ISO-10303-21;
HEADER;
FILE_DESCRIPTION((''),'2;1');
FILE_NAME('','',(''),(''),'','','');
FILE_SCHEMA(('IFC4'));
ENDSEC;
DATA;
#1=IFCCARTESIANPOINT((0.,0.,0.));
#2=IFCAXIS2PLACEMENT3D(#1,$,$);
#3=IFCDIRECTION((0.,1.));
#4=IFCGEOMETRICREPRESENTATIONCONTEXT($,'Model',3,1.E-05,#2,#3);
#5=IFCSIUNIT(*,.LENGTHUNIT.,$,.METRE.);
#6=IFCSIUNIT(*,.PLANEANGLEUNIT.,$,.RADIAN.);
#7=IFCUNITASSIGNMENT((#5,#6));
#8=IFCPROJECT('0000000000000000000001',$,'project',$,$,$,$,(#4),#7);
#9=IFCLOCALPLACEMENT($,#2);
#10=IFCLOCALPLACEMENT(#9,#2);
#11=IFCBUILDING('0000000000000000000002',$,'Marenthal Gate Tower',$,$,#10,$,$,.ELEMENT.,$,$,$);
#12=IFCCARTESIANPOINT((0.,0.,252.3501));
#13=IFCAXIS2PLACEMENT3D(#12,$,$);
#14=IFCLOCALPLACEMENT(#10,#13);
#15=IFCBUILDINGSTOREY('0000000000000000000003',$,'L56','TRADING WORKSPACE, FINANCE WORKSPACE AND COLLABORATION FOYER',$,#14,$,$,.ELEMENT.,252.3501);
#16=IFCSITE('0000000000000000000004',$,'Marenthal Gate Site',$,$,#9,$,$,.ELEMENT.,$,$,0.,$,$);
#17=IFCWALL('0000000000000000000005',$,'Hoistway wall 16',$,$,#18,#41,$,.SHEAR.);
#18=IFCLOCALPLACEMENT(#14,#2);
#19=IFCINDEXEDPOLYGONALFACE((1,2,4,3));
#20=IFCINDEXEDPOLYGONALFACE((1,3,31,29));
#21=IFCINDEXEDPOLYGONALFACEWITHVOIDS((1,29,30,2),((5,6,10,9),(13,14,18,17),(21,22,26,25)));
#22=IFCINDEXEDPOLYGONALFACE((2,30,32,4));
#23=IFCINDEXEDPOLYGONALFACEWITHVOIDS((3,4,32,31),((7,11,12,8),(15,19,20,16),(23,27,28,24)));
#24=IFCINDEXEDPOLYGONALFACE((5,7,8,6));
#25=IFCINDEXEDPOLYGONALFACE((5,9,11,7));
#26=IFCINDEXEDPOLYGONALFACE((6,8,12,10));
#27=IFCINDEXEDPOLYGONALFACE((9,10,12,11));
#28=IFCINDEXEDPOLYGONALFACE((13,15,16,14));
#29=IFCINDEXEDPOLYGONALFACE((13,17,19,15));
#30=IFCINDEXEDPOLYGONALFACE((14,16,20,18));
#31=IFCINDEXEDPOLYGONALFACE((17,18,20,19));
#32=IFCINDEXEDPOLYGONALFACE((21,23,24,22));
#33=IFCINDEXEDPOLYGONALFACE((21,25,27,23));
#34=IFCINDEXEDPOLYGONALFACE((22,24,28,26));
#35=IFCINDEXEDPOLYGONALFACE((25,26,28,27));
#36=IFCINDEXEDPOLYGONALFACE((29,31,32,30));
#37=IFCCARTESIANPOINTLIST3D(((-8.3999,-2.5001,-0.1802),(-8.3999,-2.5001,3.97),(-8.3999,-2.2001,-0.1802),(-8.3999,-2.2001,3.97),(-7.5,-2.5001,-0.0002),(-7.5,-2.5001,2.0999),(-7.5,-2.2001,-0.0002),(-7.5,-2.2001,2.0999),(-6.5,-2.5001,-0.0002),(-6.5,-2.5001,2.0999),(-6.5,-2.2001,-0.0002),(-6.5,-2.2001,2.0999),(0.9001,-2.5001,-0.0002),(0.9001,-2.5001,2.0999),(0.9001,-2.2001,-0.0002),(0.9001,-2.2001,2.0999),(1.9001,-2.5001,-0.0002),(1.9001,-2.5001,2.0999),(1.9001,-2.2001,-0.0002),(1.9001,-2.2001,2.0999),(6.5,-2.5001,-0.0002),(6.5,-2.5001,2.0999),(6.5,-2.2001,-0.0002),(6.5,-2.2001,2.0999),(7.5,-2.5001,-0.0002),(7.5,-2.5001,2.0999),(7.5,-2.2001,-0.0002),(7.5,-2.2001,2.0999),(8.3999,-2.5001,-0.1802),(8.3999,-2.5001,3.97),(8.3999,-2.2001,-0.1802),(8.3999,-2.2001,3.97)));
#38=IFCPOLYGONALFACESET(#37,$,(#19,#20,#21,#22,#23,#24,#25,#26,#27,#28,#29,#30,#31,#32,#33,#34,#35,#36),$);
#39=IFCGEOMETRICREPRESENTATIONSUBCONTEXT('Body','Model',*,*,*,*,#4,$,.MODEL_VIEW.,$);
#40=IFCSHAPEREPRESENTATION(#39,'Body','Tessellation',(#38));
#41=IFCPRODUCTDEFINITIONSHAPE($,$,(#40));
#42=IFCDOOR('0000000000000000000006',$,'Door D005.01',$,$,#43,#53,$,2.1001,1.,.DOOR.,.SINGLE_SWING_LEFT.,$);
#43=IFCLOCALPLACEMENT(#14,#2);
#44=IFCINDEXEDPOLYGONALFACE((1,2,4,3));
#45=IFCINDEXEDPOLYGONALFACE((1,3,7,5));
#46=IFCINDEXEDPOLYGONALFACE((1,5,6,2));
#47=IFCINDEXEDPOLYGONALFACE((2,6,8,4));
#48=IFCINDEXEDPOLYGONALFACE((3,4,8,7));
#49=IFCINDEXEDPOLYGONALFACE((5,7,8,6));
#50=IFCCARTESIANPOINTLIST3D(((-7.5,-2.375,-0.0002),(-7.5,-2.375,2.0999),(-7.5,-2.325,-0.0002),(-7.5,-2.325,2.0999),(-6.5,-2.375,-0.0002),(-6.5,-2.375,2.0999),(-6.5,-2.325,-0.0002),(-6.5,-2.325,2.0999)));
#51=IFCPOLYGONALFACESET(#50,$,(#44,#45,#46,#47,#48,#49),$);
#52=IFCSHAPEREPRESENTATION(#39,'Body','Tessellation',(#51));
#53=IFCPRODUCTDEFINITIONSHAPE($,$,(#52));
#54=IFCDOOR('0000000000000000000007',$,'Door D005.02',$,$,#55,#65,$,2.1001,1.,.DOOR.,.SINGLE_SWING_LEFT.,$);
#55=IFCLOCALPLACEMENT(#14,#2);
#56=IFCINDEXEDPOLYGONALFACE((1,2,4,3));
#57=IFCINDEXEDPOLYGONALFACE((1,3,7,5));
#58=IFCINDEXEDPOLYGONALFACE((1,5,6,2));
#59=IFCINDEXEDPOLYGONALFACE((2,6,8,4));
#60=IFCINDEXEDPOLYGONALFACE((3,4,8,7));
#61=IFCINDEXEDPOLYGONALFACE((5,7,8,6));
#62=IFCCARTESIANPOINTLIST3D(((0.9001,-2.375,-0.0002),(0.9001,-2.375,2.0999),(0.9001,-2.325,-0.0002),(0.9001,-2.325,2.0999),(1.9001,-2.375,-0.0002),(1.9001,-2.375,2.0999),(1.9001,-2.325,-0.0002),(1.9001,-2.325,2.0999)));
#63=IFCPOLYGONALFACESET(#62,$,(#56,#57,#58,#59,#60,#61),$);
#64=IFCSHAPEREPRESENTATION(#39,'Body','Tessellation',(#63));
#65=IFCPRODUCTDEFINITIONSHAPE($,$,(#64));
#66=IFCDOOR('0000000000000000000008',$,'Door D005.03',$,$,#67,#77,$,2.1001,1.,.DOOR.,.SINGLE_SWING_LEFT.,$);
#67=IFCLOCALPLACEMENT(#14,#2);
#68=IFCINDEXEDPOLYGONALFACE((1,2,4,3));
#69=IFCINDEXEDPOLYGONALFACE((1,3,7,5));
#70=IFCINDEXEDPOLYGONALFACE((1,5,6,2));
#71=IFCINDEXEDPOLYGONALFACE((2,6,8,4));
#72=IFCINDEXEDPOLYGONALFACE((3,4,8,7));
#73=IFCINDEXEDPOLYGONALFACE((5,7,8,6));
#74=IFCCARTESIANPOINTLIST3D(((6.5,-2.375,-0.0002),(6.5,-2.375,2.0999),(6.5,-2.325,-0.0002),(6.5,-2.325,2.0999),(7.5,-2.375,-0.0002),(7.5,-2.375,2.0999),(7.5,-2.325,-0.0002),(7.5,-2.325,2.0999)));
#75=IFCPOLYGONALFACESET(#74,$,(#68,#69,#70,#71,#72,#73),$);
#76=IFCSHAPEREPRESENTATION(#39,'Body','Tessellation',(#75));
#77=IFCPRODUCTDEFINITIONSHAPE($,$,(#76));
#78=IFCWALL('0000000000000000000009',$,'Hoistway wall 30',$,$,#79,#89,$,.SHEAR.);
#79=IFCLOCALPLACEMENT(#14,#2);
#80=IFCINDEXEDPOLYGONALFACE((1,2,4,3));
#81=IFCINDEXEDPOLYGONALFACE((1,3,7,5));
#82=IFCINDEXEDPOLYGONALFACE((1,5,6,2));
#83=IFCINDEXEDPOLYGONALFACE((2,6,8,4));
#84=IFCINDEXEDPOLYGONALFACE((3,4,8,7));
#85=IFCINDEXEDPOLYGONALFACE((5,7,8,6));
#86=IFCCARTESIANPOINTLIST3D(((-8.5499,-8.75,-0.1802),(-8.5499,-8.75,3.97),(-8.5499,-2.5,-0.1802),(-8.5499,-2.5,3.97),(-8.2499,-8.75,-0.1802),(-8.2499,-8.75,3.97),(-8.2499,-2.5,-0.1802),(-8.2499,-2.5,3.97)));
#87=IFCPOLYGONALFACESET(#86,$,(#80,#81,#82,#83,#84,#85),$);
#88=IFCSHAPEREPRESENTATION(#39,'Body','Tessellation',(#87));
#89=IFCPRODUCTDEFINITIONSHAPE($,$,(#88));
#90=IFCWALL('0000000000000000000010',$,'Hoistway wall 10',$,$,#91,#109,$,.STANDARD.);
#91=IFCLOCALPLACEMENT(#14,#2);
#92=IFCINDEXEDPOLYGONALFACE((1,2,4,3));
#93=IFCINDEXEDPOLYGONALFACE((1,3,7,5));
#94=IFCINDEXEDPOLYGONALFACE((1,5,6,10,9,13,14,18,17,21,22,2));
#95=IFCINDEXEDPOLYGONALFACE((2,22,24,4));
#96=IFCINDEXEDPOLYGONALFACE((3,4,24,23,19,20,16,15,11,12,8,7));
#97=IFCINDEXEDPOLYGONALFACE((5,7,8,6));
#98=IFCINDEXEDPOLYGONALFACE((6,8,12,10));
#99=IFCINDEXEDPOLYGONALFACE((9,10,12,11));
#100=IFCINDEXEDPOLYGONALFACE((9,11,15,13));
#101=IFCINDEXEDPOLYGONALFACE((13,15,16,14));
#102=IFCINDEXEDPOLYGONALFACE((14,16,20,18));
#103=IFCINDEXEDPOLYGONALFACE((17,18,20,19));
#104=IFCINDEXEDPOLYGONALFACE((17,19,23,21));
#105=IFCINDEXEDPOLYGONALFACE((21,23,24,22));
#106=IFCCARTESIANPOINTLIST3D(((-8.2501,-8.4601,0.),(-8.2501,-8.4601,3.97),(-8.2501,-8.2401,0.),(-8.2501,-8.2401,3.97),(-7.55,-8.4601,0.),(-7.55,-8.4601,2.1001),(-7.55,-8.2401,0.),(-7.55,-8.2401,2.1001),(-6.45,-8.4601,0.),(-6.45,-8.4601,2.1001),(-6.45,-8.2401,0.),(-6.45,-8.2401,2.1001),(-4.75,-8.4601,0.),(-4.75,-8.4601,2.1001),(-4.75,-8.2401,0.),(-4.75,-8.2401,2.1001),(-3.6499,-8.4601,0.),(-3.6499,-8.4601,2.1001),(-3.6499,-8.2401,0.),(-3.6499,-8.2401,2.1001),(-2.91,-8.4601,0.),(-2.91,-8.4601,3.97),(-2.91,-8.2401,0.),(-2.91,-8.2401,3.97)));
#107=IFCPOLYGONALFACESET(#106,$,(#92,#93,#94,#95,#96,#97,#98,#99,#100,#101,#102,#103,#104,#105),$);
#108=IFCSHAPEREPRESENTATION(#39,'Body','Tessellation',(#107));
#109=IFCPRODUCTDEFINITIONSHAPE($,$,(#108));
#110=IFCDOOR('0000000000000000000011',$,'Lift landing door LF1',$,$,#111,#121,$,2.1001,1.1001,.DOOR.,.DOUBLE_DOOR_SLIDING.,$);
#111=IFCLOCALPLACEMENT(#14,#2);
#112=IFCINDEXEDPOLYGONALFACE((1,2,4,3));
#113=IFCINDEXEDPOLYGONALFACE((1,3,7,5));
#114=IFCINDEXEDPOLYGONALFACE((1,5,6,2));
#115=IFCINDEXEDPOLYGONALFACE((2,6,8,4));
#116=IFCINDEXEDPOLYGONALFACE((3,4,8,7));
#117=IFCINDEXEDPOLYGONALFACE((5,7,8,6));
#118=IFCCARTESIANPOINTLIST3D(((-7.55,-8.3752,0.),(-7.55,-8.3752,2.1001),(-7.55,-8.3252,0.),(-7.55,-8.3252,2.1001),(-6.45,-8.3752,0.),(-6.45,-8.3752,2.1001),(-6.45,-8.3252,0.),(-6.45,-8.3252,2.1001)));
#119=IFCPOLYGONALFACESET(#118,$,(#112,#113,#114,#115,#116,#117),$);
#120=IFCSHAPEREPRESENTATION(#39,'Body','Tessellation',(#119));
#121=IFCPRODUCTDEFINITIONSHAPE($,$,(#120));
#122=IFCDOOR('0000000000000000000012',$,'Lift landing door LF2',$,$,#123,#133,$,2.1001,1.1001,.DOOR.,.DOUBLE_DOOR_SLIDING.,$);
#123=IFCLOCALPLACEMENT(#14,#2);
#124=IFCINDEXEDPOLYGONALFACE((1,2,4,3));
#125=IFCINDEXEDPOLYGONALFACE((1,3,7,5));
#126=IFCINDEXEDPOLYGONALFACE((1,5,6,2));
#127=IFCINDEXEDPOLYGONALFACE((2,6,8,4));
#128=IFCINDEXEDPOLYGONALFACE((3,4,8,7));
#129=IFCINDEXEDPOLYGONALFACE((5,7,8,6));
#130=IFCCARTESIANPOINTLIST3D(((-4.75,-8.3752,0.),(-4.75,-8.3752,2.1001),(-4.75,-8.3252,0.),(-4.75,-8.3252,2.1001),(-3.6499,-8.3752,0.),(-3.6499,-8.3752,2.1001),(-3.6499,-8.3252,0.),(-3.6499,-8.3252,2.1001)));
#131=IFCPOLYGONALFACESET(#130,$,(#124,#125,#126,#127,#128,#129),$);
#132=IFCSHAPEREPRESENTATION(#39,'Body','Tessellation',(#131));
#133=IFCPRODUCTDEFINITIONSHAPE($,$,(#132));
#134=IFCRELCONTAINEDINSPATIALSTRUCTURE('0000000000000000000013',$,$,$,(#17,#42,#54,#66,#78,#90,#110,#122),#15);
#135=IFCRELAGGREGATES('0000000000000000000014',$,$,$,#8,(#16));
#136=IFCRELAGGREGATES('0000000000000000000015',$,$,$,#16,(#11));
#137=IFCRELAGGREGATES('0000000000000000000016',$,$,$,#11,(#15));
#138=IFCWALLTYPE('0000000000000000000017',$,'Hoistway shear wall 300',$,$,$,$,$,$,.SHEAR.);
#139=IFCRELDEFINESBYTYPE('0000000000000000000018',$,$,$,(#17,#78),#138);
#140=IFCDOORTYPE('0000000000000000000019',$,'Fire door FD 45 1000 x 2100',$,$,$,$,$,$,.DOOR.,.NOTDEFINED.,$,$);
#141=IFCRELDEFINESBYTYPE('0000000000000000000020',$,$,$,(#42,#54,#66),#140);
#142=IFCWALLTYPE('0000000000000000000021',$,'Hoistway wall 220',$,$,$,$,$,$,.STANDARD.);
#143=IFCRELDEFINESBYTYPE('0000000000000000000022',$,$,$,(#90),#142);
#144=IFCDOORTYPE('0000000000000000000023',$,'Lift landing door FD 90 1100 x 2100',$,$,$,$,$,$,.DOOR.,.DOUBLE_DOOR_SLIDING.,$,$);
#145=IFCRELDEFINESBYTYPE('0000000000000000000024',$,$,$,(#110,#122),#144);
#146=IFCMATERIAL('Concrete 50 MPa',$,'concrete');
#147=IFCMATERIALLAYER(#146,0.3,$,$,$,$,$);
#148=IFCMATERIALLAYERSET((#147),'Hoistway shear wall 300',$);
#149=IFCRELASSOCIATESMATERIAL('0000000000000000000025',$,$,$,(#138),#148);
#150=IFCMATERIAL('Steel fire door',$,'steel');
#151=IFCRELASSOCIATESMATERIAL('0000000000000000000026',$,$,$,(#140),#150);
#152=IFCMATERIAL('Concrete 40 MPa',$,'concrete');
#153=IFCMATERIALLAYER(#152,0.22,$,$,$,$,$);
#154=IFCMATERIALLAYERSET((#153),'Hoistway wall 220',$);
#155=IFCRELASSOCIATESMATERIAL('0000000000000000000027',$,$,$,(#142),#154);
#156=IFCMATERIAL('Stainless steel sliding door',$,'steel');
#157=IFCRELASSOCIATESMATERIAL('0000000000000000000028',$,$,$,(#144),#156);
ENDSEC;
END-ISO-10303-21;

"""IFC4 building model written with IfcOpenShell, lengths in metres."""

from ifc_helpers import new_model, si_unit, direction, frame, frame_2d, origin, place, context, subcontext, project, spatial, rectangle, extrude, material, layer, layer_set, type_object, element, fill, save


model = new_model("IFC4")

# Units and contexts
model_context = context("Model", 3, precision=1e-05, world=origin(), true_north=direction((0.0, 1.0)))
body_context = subcontext(model_context, "Body", "Model", "MODEL_VIEW")
ifc_project = project(units=[si_unit("LENGTHUNIT", "METRE"), si_unit("PLANEANGLEUNIT", "RADIAN")], contexts=[model_context])

# Site, building, storey
site_placement = place(None, origin())
site = spatial("IfcSite", under=ifc_project, at=site_placement, Name="Marenthal Gate Site", CompositionType="ELEMENT", RefElevation=0.0)
building_placement = place(site_placement, origin())
building = spatial("IfcBuilding", under=site, at=building_placement, Name="Marenthal Gate Tower", CompositionType="ELEMENT")
storey_placement = place(building_placement, frame((0.0, 0.0, 252.3501)))
storey = spatial("IfcBuildingStorey", under=building, at=storey_placement, Name="L56", Description="TRADING WORKSPACE, FINANCE WORKSPACE AND COLLABORATION FOYER", CompositionType="ELEMENT", Elevation=252.3501)

# Wall, openings, doors
ifc_material_1 = material(Name="Concrete 50 MPa", Category="concrete")
ifc_layer_1 = layer(ifc_material_1, 0.3)
ifc_layer_set_1 = layer_set([ifc_layer_1], Name="Hoistway shear wall 300")
wall_type_1 = type_object("IfcWallType", Name="Hoistway shear wall 300", PredefinedType="SHEAR", material=ifc_layer_set_1)
wall_1_placement = place(storey_placement, frame((-8.3999, -2.3501, -0.1802), z_axis=(0.0, 0.0, 1.0), x_axis=(1.0, 0.0, 0.0)))
wall_1 = element("IfcWall", 1, at=wall_1_placement, inside=storey, type_object=wall_type_1, Name="Hoistway wall 16", PredefinedType="SHEAR", context=body_context, shape_type="SweptSolid", body=[
    extrude(rectangle(XDim=16.7998, YDim=0.3, at=frame_2d((8.3999, 0.0))), origin(), (0.0, 0.0, 1.0), 4.1501),
])
opening_1_placement = place(wall_1_placement, frame((0.8999, 0.0, 0.1799)))
opening_1 = element("IfcOpeningElement", 2, at=opening_1_placement, cuts=wall_1, PredefinedType="OPENING", context=body_context, shape_type="SweptSolid", body=[
    extrude(rectangle(XDim=1.0, YDim=2.1001, at=frame_2d((0.5, 1.05))), frame((0.0, 0.1602, 0.0), z_axis=(0.0, -1.0, 0.0), x_axis=(1.0, 0.0, 0.0)), (0.0, 0.0, 1.0), 0.3201),
])
opening_2_placement = place(wall_1_placement, frame((9.3, 0.0, 0.1799)))
opening_2 = element("IfcOpeningElement", 3, at=opening_2_placement, cuts=wall_1, PredefinedType="OPENING", context=body_context, shape_type="SweptSolid", body=[
    extrude(rectangle(XDim=1.0, YDim=2.1001, at=frame_2d((0.5, 1.05))), frame((0.0, 0.1602, 0.0), z_axis=(0.0, -1.0, 0.0), x_axis=(1.0, 0.0, 0.0)), (0.0, 0.0, 1.0), 0.3201),
])
opening_3_placement = place(wall_1_placement, frame((14.8999, 0.0, 0.1799)))
opening_3 = element("IfcOpeningElement", 4, at=opening_3_placement, cuts=wall_1, PredefinedType="OPENING", context=body_context, shape_type="SweptSolid", body=[
    extrude(rectangle(XDim=1.0, YDim=2.1001, at=frame_2d((0.5, 1.05))), frame((0.0, 0.1602, 0.0), z_axis=(0.0, -1.0, 0.0), x_axis=(1.0, 0.0, 0.0)), (0.0, 0.0, 1.0), 0.3201),
])
ifc_material_2 = material(Name="Steel fire door", Category="steel")
door_type_1 = type_object("IfcDoorType", Name="Fire door FD 45 1000 x 2100", OperationType="NOTDEFINED", PredefinedType="DOOR", material=ifc_material_2)
door_1_placement = place(opening_1_placement, frame((1.0, 0.0, 0.0), z_axis=(0.0, 0.0, 1.0), x_axis=(-1.0, 0.0, 0.0)))
door_1 = element("IfcDoor", 5, at=door_1_placement, inside=storey, type_object=door_type_1, Name="Door D005.01", OperationType="SINGLE_SWING_LEFT", OverallHeight=2.1001, OverallWidth=1.0, PredefinedType="DOOR", context=body_context, shape_type="SweptSolid", body=[
    extrude(rectangle(XDim=1.0, YDim=2.1001, at=frame_2d((0.5, 1.05))), frame((0.0, 0.0249, 0.0), z_axis=(0.0, -1.0, 0.0), x_axis=(1.0, 0.0, 0.0)), (0.0, 0.0, 1.0), 0.05),
])
fill(opening_1, door_1)
door_2_placement = place(opening_2_placement, frame((1.0, 0.0, 0.0), z_axis=(0.0, 0.0, 1.0), x_axis=(-1.0, 0.0, 0.0)))
door_2 = element("IfcDoor", 6, at=door_2_placement, inside=storey, type_object=door_type_1, Name="Door D005.02", OperationType="SINGLE_SWING_LEFT", OverallHeight=2.1001, OverallWidth=1.0, PredefinedType="DOOR", context=body_context, shape_type="SweptSolid", body=[
    extrude(rectangle(XDim=1.0, YDim=2.1001, at=frame_2d((0.5, 1.05))), frame((0.0, 0.0249, 0.0), z_axis=(0.0, -1.0, 0.0), x_axis=(1.0, 0.0, 0.0)), (0.0, 0.0, 1.0), 0.05),
])
fill(opening_2, door_2)
door_3_placement = place(opening_3_placement, frame((1.0, 0.0, 0.0), z_axis=(0.0, 0.0, 1.0), x_axis=(-1.0, 0.0, 0.0)))
door_3 = element("IfcDoor", 7, at=door_3_placement, inside=storey, type_object=door_type_1, Name="Door D005.03", OperationType="SINGLE_SWING_LEFT", OverallHeight=2.1001, OverallWidth=1.0, PredefinedType="DOOR", context=body_context, shape_type="SweptSolid", body=[
    extrude(rectangle(XDim=1.0, YDim=2.1001, at=frame_2d((0.5, 1.05))), frame((0.0, 0.0249, 0.0), z_axis=(0.0, -1.0, 0.0), x_axis=(1.0, 0.0, 0.0)), (0.0, 0.0, 1.0), 0.05),
])
fill(opening_3, door_3)

# Wall
wall_2_placement = place(storey_placement, frame((-8.3999, -8.75, -0.1802), z_axis=(0.0, 0.0, 1.0), x_axis=(0.0, 1.0, 0.0)))
element("IfcWall", 8, at=wall_2_placement, inside=storey, type_object=wall_type_1, Name="Hoistway wall 30", PredefinedType="SHEAR", context=body_context, shape_type="SweptSolid", body=[
    extrude(rectangle(XDim=6.25, YDim=0.3, at=frame_2d((3.125, 0.0))), origin(), (0.0, 0.0, 1.0), 4.1501),
])

# Wall, openings, doors
ifc_material_3 = material(Name="Concrete 40 MPa", Category="concrete")
ifc_layer_2 = layer(ifc_material_3, 0.22)
ifc_layer_set_2 = layer_set([ifc_layer_2], Name="Hoistway wall 220")
wall_type_2 = type_object("IfcWallType", Name="Hoistway wall 220", PredefinedType="STANDARD", material=ifc_layer_set_2)
wall_3_placement = place(storey_placement, frame((-8.25, -8.3501, 0.0), z_axis=(0.0, 0.0, 1.0), x_axis=(1.0, 0.0, 0.0)))
wall_3 = element("IfcWall", 9, at=wall_3_placement, inside=storey, type_object=wall_type_2, Name="Hoistway wall 10", PredefinedType="STANDARD", context=body_context, shape_type="SweptSolid", body=[
    extrude(rectangle(XDim=5.3401, YDim=0.22, at=frame_2d((2.6699, 0.0))), origin(), (0.0, 0.0, 1.0), 3.97),
])
opening_4_placement = place(wall_3_placement, frame((0.7, 0.0, 0.0)))
opening_4 = element("IfcOpeningElement", 10, at=opening_4_placement, cuts=wall_3, PredefinedType="OPENING", context=body_context, shape_type="SweptSolid", body=[
    extrude(rectangle(XDim=1.1001, YDim=2.1001, at=frame_2d((0.55, 1.05))), frame((0.0, 0.1201, 0.0), z_axis=(0.0, -1.0, 0.0), x_axis=(1.0, 0.0, 0.0)), (0.0, 0.0, 1.0), 0.24),
])
opening_5_placement = place(wall_3_placement, frame((3.5, 0.0, 0.0)))
opening_5 = element("IfcOpeningElement", 11, at=opening_5_placement, cuts=wall_3, PredefinedType="OPENING", context=body_context, shape_type="SweptSolid", body=[
    extrude(rectangle(XDim=1.1001, YDim=2.1001, at=frame_2d((0.55, 1.05))), frame((0.0, 0.1201, 0.0), z_axis=(0.0, -1.0, 0.0), x_axis=(1.0, 0.0, 0.0)), (0.0, 0.0, 1.0), 0.24),
])
ifc_material_4 = material(Name="Stainless steel sliding door", Category="steel")
door_type_2 = type_object("IfcDoorType", Name="Lift landing door FD 90 1100 x 2100", OperationType="DOUBLE_DOOR_SLIDING", PredefinedType="DOOR", material=ifc_material_4)
door_4_placement = place(opening_4_placement, origin())
door_4 = element("IfcDoor", 12, at=door_4_placement, inside=storey, type_object=door_type_2, Name="Lift landing door LF1", OperationType="DOUBLE_DOOR_SLIDING", OverallHeight=2.1001, OverallWidth=1.1001, PredefinedType="DOOR", context=body_context, shape_type="SweptSolid", body=[
    extrude(rectangle(XDim=1.1001, YDim=2.1001, at=frame_2d((0.55, 1.05))), frame((0.0, 0.0249, 0.0), z_axis=(0.0, -1.0, 0.0), x_axis=(1.0, 0.0, 0.0)), (0.0, 0.0, 1.0), 0.05),
])
fill(opening_4, door_4)
door_5_placement = place(opening_5_placement, origin())
door_5 = element("IfcDoor", 13, at=door_5_placement, inside=storey, type_object=door_type_2, Name="Lift landing door LF2", OperationType="DOUBLE_DOOR_SLIDING", OverallHeight=2.1001, OverallWidth=1.1001, PredefinedType="DOOR", context=body_context, shape_type="SweptSolid", body=[
    extrude(rectangle(XDim=1.1001, YDim=2.1001, at=frame_2d((0.55, 1.05))), frame((0.0, 0.0249, 0.0), z_axis=(0.0, -1.0, 0.0), x_axis=(1.0, 0.0, 0.0)), (0.0, 0.0, 1.0), 0.05),
])
fill(opening_5, door_5)

save(model, "model.ifc")
